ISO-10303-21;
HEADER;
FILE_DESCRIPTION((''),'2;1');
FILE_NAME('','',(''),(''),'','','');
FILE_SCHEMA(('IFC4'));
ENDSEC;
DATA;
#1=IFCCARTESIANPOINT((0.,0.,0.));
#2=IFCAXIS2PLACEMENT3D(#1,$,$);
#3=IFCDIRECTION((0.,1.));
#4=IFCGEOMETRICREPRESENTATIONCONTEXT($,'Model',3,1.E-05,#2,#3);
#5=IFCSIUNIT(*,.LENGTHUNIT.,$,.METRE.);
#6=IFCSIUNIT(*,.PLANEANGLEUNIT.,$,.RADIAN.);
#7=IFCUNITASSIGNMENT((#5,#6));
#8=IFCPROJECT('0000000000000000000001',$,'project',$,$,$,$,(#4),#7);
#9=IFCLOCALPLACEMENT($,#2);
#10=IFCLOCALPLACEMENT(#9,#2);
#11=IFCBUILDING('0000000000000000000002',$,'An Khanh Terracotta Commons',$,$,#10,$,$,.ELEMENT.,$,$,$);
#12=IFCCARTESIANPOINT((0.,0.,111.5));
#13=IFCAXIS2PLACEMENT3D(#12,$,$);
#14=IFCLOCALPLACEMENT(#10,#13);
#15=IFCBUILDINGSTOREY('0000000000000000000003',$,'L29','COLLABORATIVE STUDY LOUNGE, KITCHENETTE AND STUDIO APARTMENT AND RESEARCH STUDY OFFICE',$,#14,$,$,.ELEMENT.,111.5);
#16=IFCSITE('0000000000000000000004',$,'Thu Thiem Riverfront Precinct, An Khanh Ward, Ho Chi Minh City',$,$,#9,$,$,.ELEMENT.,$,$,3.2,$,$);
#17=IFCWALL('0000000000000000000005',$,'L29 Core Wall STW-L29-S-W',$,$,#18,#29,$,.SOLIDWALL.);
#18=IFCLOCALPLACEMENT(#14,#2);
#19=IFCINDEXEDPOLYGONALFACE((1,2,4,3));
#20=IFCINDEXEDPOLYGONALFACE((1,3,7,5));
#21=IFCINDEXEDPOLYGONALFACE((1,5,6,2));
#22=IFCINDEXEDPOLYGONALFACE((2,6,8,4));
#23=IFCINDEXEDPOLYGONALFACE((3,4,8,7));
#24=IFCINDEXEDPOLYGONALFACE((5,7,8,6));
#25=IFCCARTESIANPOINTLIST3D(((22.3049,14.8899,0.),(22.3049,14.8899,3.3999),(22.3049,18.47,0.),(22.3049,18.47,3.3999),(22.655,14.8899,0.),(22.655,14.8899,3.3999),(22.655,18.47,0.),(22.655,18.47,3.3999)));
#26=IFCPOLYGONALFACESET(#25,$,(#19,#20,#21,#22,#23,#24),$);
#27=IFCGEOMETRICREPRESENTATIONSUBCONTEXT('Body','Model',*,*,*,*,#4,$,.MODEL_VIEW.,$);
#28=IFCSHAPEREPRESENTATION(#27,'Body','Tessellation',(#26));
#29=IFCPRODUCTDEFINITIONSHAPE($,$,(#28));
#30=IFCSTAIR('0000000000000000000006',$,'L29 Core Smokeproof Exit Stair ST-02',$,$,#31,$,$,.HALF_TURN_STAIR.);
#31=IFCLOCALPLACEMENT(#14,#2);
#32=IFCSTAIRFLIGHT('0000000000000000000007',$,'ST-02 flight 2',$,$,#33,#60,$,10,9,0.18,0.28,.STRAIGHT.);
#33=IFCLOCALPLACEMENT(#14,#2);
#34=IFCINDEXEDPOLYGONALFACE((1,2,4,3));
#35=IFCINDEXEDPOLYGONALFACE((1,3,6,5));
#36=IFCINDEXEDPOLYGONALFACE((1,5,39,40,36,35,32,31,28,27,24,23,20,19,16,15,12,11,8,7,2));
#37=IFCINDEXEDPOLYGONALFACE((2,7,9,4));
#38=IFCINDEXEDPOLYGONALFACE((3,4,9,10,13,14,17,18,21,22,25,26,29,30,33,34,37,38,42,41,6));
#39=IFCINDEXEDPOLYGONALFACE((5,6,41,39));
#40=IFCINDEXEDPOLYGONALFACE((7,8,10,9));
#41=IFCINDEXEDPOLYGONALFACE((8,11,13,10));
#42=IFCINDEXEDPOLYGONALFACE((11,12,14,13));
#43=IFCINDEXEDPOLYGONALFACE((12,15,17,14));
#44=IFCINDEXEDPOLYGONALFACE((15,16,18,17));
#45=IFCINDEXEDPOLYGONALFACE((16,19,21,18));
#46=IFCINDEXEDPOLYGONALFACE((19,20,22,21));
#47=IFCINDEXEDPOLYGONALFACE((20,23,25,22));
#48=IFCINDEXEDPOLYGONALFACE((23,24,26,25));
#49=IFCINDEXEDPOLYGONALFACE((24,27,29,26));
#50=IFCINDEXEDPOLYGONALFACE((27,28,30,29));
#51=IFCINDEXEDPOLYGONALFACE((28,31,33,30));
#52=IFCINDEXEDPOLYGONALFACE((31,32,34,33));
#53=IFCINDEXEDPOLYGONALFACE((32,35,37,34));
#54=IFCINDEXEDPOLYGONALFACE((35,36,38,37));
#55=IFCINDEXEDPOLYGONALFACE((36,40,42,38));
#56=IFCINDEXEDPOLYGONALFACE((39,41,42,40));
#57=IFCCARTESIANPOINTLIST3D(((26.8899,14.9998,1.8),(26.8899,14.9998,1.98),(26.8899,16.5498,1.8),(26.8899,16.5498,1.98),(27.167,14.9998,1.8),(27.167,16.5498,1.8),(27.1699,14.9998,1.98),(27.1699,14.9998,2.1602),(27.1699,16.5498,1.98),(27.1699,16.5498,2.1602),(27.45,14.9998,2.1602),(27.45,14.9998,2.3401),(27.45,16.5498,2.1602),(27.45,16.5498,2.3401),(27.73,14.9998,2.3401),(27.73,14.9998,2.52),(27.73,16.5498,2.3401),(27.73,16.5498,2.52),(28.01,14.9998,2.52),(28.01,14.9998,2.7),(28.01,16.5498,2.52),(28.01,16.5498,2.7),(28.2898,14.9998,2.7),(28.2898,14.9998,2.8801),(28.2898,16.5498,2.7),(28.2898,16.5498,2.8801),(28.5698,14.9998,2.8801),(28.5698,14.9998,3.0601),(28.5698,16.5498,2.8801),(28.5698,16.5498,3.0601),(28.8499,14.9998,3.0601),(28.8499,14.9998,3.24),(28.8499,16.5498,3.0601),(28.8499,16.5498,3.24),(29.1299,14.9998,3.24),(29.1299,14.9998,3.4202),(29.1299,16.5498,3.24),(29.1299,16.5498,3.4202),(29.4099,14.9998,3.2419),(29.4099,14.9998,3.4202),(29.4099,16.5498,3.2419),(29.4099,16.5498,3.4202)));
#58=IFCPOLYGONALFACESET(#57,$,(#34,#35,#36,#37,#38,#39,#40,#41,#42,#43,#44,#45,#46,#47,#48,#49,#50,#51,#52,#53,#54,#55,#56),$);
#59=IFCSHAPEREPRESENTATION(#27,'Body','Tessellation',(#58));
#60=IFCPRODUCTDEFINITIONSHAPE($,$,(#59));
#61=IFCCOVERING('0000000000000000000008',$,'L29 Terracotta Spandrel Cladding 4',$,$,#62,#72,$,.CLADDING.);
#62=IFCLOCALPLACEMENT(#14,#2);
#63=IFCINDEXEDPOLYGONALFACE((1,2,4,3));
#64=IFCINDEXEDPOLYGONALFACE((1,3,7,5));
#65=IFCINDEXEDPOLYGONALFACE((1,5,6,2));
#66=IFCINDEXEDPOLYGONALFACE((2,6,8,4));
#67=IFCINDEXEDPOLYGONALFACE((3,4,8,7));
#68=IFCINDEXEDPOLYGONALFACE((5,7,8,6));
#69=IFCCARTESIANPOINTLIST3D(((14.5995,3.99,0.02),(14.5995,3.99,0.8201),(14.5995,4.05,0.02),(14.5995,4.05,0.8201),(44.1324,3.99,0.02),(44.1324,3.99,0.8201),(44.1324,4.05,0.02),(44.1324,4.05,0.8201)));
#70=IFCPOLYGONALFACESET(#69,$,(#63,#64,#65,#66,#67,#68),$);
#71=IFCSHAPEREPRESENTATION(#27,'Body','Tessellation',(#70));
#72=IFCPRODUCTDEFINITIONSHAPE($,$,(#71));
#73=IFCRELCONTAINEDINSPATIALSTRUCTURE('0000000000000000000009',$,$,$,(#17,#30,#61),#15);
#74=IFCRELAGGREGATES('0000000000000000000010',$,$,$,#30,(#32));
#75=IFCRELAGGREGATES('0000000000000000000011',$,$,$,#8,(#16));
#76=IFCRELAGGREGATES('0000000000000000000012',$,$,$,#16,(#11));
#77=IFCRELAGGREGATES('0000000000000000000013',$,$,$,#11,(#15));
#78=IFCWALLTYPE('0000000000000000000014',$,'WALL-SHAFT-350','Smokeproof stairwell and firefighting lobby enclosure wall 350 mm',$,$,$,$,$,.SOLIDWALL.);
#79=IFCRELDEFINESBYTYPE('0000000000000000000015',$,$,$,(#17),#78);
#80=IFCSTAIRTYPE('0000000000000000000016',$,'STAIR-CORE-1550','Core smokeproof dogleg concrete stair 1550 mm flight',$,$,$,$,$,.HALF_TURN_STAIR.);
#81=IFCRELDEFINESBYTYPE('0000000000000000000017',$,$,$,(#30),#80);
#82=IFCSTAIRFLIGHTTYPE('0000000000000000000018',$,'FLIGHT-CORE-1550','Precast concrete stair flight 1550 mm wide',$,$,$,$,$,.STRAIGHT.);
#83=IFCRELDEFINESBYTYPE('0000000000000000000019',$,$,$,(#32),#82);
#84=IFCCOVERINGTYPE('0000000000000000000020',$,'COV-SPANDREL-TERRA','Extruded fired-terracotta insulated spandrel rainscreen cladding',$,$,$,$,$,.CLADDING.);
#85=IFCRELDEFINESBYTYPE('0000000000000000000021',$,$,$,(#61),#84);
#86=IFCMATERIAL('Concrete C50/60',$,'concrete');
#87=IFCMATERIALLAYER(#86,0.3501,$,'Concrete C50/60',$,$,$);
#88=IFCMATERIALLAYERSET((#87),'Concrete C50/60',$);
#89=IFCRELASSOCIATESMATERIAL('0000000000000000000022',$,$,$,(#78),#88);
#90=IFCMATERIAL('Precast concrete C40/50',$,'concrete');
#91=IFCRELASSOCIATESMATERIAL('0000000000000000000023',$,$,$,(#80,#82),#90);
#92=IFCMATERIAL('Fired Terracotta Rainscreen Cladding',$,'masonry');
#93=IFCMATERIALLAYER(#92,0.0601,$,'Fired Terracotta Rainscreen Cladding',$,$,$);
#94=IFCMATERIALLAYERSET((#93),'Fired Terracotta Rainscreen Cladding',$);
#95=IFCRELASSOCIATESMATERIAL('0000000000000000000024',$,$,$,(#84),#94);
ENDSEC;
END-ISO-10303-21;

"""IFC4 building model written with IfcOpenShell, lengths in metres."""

from ifc_helpers import new_model, si_unit, direction, frame, frame_2d, origin, origin_2d, place, context, subcontext, project, spatial, polyline, rectangle, outline, extrude, material, layer, layer_set, type_object, element, aggregate, save


model = new_model("IFC4")

# Units and contexts
model_context = context("Model", 3, precision=1e-05, world=origin(), true_north=direction((0.0, 1.0)))
body_context = subcontext(model_context, "Body", "Model", "MODEL_VIEW")
ifc_project = project(units=[si_unit("LENGTHUNIT", "METRE"), si_unit("PLANEANGLEUNIT", "RADIAN")], contexts=[model_context])

# Site, building, storey
site_placement = place(None, origin())
site = spatial("IfcSite", under=ifc_project, at=site_placement, Name="Thu Thiem Riverfront Precinct, An Khanh Ward, Ho Chi Minh City", CompositionType="ELEMENT", RefElevation=3.2)
building_placement = place(site_placement, origin())
building = spatial("IfcBuilding", under=site, at=building_placement, Name="An Khanh Terracotta Commons", CompositionType="ELEMENT")
storey_placement = place(building_placement, frame((0.0, 0.0, 111.5)))
storey = spatial("IfcBuildingStorey", under=building, at=storey_placement, Name="L29", Description="COLLABORATIVE STUDY LOUNGE, KITCHENETTE AND STUDIO APARTMENT AND RESEARCH STUDY OFFICE", CompositionType="ELEMENT", Elevation=111.5)

# Wall
ifc_material_1 = material(Name="Concrete C50/60", Category="concrete")
ifc_layer_1 = layer(ifc_material_1, 0.3501, Name="Concrete C50/60")
ifc_layer_set_1 = layer_set([ifc_layer_1], Name="Concrete C50/60")
wall_type_1 = type_object("IfcWallType", Name="WALL-SHAFT-350", Description="Smokeproof stairwell and firefighting lobby enclosure wall 350 mm", PredefinedType="SOLIDWALL", material=ifc_layer_set_1)
wall_1_placement = place(storey_placement, frame((22.48, 14.8899, 0.0), z_axis=(0.0, 0.0, 1.0), x_axis=(0.0, 1.0, 0.0)))
element("IfcWall", 1, at=wall_1_placement, inside=storey, type_object=wall_type_1, Name="L29 Core Wall STW-L29-S-W", PredefinedType="SOLIDWALL", context=body_context, shape_type="SweptSolid", body=[
    extrude(rectangle(XDim=3.5801, YDim=0.3501, at=frame_2d((1.79, 0.0))), origin(), (0.0, 0.0, 1.0), 3.3999),
])

# Stair, stair flight
ifc_material_2 = material(Name="Precast concrete C40/50", Category="concrete")
stair_type = type_object("IfcStairType", Name="STAIR-CORE-1550", Description="Core smokeproof dogleg concrete stair 1550 mm flight", PredefinedType="HALF_TURN_STAIR", material=ifc_material_2)
stair_placement = place(storey_placement, origin())
stair = element("IfcStair", 2, at=stair_placement, inside=storey, type_object=stair_type, Name="L29 Core Smokeproof Exit Stair ST-02", PredefinedType="HALF_TURN_STAIR")
stair_flight_type = type_object("IfcStairFlightType", Name="FLIGHT-CORE-1550", Description="Precast concrete stair flight 1550 mm wide", PredefinedType="STRAIGHT", material=ifc_material_2)
stair_flight_placement = place(storey_placement, frame((26.8899, 15.7749, 1.8), z_axis=(0.0, 0.0, 1.0), x_axis=(1.0, 0.0, 0.0)))
stair_flight = element("IfcStairFlight", 3, at=stair_flight_placement, type_object=stair_flight_type, Name="ST-02 flight 2", NumberOfRisers=10, NumberOfTreads=9, PredefinedType="STRAIGHT", RiserHeight=0.18, TreadLength=0.28, context=body_context, shape_type="SweptSolid", body=[
    extrude(outline(polyline([(0.0, 0.0), (0.0, 0.1799), (0.28, 0.1799), (0.28, 0.3601), (0.5601, 0.3601), (0.5601, 0.54), (0.8401, 0.54), (0.8401, 0.72), (1.1201, 0.72), (1.1201, 0.8999), (1.3999, 0.8999), (1.3999, 1.0801), (1.6799, 1.0801), (1.6799, 1.26), (1.96, 1.26), (1.96, 1.4399), (2.24, 1.4399), (2.24, 1.6201), (2.52, 1.6201), (2.52, 1.8), (2.52, 1.4419), (0.2771, 0.0), (0.0, 0.0)])), frame((0.0, 0.7749, 0.0), z_axis=(0.0, -1.0, 0.0), x_axis=(1.0, 0.0, 0.0)), (0.0, 0.0, 1.0), 1.55),
])
aggregate(stair, [stair_flight])

# Covering
ifc_material_3 = material(Name="Fired Terracotta Rainscreen Cladding", Category="masonry")
ifc_layer_2 = layer(ifc_material_3, 0.0601, Name="Fired Terracotta Rainscreen Cladding")
ifc_layer_set_2 = layer_set([ifc_layer_2], Name="Fired Terracotta Rainscreen Cladding")
covering_type = type_object("IfcCoveringType", Name="COV-SPANDREL-TERRA", Description="Extruded fired-terracotta insulated spandrel rainscreen cladding", PredefinedType="CLADDING", material=ifc_layer_set_2)
covering_placement = place(storey_placement, frame((29.366, 4.02, 0.02), z_axis=(0.0, 0.0, 1.0), x_axis=(1.0, 0.0, 0.0)))
element("IfcCovering", 4, at=covering_placement, inside=storey, type_object=covering_type, Name="L29 Terracotta Spandrel Cladding 4", PredefinedType="CLADDING", context=body_context, shape_type="SweptSolid", body=[
    extrude(rectangle(XDim=29.533, YDim=0.0601, at=origin_2d()), origin(), (0.0, 0.0, 1.0), 0.8),
])

save(model, "model.ifc")
